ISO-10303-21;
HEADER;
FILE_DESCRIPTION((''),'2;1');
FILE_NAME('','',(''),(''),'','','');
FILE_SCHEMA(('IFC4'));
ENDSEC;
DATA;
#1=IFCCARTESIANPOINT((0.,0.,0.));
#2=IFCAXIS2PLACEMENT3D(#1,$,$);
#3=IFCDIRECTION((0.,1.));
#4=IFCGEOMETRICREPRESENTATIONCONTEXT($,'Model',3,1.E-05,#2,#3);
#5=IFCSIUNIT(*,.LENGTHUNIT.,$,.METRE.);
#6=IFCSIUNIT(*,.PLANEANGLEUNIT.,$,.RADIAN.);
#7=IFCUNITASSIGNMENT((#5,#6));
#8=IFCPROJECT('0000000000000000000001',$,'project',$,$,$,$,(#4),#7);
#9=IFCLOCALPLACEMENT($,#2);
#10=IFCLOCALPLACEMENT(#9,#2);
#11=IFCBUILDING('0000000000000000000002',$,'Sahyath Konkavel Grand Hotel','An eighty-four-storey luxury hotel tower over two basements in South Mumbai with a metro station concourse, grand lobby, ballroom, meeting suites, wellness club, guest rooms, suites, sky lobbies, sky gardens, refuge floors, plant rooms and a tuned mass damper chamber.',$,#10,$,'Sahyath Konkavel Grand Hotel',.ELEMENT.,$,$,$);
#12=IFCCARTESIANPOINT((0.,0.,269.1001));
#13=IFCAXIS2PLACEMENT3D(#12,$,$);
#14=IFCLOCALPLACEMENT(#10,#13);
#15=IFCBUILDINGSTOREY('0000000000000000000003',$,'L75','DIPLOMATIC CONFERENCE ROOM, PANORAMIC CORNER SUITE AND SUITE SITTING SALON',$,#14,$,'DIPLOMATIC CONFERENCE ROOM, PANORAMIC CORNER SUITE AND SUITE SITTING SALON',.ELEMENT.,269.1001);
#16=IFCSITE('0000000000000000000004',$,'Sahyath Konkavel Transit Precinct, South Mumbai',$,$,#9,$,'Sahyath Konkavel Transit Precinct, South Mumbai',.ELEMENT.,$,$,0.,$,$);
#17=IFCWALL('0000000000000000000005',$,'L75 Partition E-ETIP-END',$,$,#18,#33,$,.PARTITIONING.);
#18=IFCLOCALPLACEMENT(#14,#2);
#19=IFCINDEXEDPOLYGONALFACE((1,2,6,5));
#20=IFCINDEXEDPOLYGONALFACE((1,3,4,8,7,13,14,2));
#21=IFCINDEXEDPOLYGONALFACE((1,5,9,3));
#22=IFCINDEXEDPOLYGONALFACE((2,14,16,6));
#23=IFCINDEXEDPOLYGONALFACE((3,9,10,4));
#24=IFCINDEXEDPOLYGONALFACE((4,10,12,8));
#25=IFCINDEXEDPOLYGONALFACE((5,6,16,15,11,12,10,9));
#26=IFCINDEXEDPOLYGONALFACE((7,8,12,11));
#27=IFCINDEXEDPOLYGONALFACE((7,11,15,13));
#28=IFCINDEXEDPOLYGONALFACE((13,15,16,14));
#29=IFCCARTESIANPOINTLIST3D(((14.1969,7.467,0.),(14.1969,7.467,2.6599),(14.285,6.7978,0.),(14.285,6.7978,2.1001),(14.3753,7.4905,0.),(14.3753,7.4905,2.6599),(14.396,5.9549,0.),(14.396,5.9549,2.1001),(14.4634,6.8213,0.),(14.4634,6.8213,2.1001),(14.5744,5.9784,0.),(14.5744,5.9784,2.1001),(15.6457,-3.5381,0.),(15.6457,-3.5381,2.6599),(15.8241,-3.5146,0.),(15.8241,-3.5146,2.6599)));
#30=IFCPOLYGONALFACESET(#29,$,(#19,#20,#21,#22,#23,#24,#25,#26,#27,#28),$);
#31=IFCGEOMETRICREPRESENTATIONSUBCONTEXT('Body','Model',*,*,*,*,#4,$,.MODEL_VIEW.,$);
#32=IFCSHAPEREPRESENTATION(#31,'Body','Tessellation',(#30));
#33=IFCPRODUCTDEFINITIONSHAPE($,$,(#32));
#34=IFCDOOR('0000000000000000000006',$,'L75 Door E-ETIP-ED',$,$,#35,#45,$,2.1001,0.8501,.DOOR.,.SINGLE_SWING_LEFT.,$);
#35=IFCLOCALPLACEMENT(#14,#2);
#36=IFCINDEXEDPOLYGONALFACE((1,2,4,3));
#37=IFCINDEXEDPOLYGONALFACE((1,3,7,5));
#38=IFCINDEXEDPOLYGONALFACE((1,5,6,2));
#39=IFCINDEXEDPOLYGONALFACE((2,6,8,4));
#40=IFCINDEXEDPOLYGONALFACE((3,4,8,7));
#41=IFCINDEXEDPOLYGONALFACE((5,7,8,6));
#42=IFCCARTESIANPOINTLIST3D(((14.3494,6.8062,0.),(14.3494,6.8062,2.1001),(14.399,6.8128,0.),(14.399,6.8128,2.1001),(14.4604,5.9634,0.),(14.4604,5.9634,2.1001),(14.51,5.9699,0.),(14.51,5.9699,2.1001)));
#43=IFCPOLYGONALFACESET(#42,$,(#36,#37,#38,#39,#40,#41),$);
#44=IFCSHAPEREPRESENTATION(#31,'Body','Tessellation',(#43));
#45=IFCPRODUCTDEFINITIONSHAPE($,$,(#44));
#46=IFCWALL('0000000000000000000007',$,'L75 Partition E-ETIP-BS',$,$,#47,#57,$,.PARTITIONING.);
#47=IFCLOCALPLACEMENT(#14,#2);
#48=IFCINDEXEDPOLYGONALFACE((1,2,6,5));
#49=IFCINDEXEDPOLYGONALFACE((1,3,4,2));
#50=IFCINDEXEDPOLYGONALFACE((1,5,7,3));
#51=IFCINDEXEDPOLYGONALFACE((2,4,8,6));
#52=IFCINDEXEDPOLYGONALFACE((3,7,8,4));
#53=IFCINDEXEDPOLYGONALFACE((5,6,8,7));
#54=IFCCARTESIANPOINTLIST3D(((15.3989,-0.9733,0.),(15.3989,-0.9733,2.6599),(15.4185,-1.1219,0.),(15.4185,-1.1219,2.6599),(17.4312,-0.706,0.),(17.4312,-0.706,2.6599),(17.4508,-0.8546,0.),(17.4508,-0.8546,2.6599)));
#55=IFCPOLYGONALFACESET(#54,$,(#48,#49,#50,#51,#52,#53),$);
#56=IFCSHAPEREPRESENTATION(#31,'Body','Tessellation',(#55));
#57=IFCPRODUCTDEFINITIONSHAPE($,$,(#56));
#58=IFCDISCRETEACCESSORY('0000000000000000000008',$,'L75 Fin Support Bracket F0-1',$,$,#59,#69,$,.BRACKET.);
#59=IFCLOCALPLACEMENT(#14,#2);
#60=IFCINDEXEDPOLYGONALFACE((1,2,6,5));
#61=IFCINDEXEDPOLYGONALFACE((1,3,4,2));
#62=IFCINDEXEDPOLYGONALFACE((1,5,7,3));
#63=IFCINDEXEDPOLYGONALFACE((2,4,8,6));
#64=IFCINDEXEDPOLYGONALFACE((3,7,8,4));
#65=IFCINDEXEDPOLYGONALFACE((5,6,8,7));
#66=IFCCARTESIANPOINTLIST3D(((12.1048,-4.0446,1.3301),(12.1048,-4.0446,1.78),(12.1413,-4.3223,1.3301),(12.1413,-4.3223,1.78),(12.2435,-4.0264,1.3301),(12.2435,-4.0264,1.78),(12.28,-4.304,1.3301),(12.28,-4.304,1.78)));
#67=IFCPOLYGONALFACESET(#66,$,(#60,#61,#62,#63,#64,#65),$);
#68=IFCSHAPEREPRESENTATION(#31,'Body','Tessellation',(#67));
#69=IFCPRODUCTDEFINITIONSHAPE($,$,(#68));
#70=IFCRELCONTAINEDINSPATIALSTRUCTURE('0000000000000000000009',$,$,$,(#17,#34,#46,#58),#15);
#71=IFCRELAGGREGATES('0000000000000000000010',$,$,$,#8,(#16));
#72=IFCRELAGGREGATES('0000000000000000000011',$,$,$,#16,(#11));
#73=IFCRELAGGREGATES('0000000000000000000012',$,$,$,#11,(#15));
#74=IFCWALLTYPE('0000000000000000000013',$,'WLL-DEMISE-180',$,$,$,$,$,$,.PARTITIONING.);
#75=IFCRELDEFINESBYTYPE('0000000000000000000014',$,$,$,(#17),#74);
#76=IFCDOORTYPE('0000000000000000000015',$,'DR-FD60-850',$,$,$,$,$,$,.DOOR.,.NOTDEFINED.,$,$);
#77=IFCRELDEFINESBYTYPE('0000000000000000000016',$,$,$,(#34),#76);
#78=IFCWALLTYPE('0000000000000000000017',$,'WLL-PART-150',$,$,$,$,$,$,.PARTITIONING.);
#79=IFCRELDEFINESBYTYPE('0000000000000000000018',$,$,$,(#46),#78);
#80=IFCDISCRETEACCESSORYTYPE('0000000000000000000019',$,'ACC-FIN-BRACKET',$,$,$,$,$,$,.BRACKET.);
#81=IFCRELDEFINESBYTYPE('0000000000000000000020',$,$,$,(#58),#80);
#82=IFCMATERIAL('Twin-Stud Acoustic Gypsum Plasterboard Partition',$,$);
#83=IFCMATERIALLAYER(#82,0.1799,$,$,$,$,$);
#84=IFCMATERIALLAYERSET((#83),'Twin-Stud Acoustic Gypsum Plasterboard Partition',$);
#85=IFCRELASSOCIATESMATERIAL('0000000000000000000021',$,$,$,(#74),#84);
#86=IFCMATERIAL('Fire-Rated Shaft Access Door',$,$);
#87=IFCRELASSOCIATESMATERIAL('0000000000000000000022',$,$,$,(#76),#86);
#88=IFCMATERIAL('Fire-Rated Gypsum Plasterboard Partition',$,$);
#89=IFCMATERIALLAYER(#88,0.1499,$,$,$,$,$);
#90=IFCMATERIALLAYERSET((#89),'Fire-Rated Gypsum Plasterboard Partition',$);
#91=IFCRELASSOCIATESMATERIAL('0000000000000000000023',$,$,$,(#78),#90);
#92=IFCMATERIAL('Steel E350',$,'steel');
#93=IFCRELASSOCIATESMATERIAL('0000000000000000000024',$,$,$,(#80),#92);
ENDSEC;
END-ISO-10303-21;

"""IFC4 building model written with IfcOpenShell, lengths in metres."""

from ifc_helpers import new_model, si_unit, direction, frame, frame_2d, origin, origin_2d, place, context, subcontext, project, spatial, rectangle, extrude, source, transform, mapped, material, layer, layer_set, type_object, element, fill, save


model = new_model("IFC4")

# Units and contexts
model_context = context("Model", 3, precision=1e-05, world=origin(), true_north=direction((0.0, 1.0)))
body_context = subcontext(model_context, "Body", "Model", "MODEL_VIEW")
ifc_project = project(units=[si_unit("LENGTHUNIT", "METRE"), si_unit("PLANEANGLEUNIT", "RADIAN")], contexts=[model_context])

# Site, building, storey
site_placement = place(None, origin())
site = spatial("IfcSite", under=ifc_project, at=site_placement, Name="Sahyath Konkavel Transit Precinct, South Mumbai", LongName="Sahyath Konkavel Transit Precinct, South Mumbai", CompositionType="ELEMENT", RefElevation=0.0)
building_placement = place(site_placement, origin())
building = spatial("IfcBuilding", under=site, at=building_placement, Name="Sahyath Konkavel Grand Hotel", Description="An eighty-four-storey luxury hotel tower over two basements in South Mumbai with a metro station concourse, grand lobby, ballroom, meeting suites, wellness club, guest rooms, suites, sky lobbies, sky gardens, refuge floors, plant rooms and a tuned mass damper chamber.", LongName="Sahyath Konkavel Grand Hotel", CompositionType="ELEMENT")
storey_placement = place(building_placement, frame((0.0, 0.0, 269.1001)))
storey = spatial("IfcBuildingStorey", under=building, at=storey_placement, Name="L75", Description="DIPLOMATIC CONFERENCE ROOM, PANORAMIC CORNER SUITE AND SUITE SITTING SALON", LongName="DIPLOMATIC CONFERENCE ROOM, PANORAMIC CORNER SUITE AND SUITE SITTING SALON", CompositionType="ELEMENT", Elevation=269.1001)

# Shared definitions
ifc_material_1 = material(Name="Steel E350", Category="steel")

# Wall, opening, door
ifc_material_2 = material(Name="Twin-Stud Acoustic Gypsum Plasterboard Partition")
ifc_layer_1 = layer(ifc_material_2, 0.1799)
ifc_layer_set_1 = layer_set([ifc_layer_1], Name="Twin-Stud Acoustic Gypsum Plasterboard Partition")
wall_type_1 = type_object("IfcWallType", Name="WLL-DEMISE-180", PredefinedType="PARTITIONING", material=ifc_layer_set_1)
wall_1_placement = place(storey_placement, frame((15.7349, -3.5264, 0.0), z_axis=(0.0, 0.0, 1.0), x_axis=(-0.130515, 0.991446, 0.0)))
wall_1 = element("IfcWall", 1, at=wall_1_placement, inside=storey, type_object=wall_type_1, Name="L75 Partition E-ETIP-END", PredefinedType="PARTITIONING", context=body_context, shape_type="SweptSolid", body=[
    extrude(rectangle(XDim=11.1001, YDim=0.1799, at=frame_2d((5.55, 0.0))), origin(), (0.0, 0.0, 1.0), 2.6599),
])
opening_placement = place(wall_1_placement, frame((9.575, 0.0, 0.0)))
opening = element("IfcOpeningElement", 2, at=opening_placement, cuts=wall_1, PredefinedType="OPENING", context=body_context, shape_type="SweptSolid", body=[
    extrude(rectangle(XDim=0.8501, YDim=2.1001, at=frame_2d((0.425, 1.05))), frame((0.0, 0.1001, 0.0), z_axis=(0.0, -1.0, 0.0), x_axis=(1.0, 0.0, 0.0)), (0.0, 0.0, 1.0), 0.2),
])
ifc_material_3 = material(Name="Fire-Rated Shaft Access Door")
door_type = type_object("IfcDoorType", Name="DR-FD60-850", OperationType="NOTDEFINED", PredefinedType="DOOR", material=ifc_material_3)
shared_shape_1 = source(origin(), body_context, "Body", "SweptSolid", [
    extrude(rectangle(XDim=0.8501, YDim=0.05, at=origin_2d()), origin(), (0.0, 0.0, 1.0), 2.1001),
])
door_placement = place(opening_placement, frame((0.425, 0.0, 0.0)))
door = element("IfcDoor", 3, at=door_placement, inside=storey, type_object=door_type, Name="L75 Door E-ETIP-ED", OperationType="SINGLE_SWING_LEFT", OverallHeight=2.1001, OverallWidth=0.8501, PredefinedType="DOOR", context=body_context, shape_type="MappedRepresentation", body=[
    mapped(shared_shape_1, transform((0.0, 0.0, 0.0), scale=1.0)),
])
fill(opening, door)

# Wall
ifc_material_4 = material(Name="Fire-Rated Gypsum Plasterboard Partition")
ifc_layer_2 = layer(ifc_material_4, 0.1499)
ifc_layer_set_2 = layer_set([ifc_layer_2], Name="Fire-Rated Gypsum Plasterboard Partition")
wall_type_2 = type_object("IfcWallType", Name="WLL-PART-150", PredefinedType="PARTITIONING", material=ifc_layer_set_2)
wall_2_placement = place(storey_placement, frame((15.4087, -1.0476, 0.0), z_axis=(0.0, 0.0, 1.0), x_axis=(0.991458, 0.130424, 0.0)))
element("IfcWall", 4, at=wall_2_placement, inside=storey, type_object=wall_type_2, Name="L75 Partition E-ETIP-BS", PredefinedType="PARTITIONING", context=body_context, shape_type="SweptSolid", body=[
    extrude(rectangle(XDim=2.0498, YDim=0.1499, at=frame_2d((1.0249, 0.0))), origin(), (0.0, 0.0, 1.0), 2.6599),
])

# Discrete accessory
discrete_accessory_type = type_object("IfcDiscreteAccessoryType", Name="ACC-FIN-BRACKET", PredefinedType="BRACKET", material=ifc_material_1)
shared_shape_2 = source(origin(), body_context, "Body", "SweptSolid", [
    extrude(rectangle(XDim=0.28, YDim=0.1399, at=origin_2d()), origin(), (0.0, 0.0, 1.0), 0.45),
])
discrete_accessory_placement = place(storey_placement, frame((12.1924, -4.1743, 1.3301), z_axis=(0.0, 0.0, 1.0), x_axis=(0.130526, -0.991445, 0.0)))
element("IfcDiscreteAccessory", 5, at=discrete_accessory_placement, inside=storey, type_object=discrete_accessory_type, Name="L75 Fin Support Bracket F0-1", PredefinedType="BRACKET", context=body_context, shape_type="MappedRepresentation", body=[
    mapped(shared_shape_2, transform((0.0, 0.0, 0.0), scale=1.0)),
])

save(model, "model.ifc")
